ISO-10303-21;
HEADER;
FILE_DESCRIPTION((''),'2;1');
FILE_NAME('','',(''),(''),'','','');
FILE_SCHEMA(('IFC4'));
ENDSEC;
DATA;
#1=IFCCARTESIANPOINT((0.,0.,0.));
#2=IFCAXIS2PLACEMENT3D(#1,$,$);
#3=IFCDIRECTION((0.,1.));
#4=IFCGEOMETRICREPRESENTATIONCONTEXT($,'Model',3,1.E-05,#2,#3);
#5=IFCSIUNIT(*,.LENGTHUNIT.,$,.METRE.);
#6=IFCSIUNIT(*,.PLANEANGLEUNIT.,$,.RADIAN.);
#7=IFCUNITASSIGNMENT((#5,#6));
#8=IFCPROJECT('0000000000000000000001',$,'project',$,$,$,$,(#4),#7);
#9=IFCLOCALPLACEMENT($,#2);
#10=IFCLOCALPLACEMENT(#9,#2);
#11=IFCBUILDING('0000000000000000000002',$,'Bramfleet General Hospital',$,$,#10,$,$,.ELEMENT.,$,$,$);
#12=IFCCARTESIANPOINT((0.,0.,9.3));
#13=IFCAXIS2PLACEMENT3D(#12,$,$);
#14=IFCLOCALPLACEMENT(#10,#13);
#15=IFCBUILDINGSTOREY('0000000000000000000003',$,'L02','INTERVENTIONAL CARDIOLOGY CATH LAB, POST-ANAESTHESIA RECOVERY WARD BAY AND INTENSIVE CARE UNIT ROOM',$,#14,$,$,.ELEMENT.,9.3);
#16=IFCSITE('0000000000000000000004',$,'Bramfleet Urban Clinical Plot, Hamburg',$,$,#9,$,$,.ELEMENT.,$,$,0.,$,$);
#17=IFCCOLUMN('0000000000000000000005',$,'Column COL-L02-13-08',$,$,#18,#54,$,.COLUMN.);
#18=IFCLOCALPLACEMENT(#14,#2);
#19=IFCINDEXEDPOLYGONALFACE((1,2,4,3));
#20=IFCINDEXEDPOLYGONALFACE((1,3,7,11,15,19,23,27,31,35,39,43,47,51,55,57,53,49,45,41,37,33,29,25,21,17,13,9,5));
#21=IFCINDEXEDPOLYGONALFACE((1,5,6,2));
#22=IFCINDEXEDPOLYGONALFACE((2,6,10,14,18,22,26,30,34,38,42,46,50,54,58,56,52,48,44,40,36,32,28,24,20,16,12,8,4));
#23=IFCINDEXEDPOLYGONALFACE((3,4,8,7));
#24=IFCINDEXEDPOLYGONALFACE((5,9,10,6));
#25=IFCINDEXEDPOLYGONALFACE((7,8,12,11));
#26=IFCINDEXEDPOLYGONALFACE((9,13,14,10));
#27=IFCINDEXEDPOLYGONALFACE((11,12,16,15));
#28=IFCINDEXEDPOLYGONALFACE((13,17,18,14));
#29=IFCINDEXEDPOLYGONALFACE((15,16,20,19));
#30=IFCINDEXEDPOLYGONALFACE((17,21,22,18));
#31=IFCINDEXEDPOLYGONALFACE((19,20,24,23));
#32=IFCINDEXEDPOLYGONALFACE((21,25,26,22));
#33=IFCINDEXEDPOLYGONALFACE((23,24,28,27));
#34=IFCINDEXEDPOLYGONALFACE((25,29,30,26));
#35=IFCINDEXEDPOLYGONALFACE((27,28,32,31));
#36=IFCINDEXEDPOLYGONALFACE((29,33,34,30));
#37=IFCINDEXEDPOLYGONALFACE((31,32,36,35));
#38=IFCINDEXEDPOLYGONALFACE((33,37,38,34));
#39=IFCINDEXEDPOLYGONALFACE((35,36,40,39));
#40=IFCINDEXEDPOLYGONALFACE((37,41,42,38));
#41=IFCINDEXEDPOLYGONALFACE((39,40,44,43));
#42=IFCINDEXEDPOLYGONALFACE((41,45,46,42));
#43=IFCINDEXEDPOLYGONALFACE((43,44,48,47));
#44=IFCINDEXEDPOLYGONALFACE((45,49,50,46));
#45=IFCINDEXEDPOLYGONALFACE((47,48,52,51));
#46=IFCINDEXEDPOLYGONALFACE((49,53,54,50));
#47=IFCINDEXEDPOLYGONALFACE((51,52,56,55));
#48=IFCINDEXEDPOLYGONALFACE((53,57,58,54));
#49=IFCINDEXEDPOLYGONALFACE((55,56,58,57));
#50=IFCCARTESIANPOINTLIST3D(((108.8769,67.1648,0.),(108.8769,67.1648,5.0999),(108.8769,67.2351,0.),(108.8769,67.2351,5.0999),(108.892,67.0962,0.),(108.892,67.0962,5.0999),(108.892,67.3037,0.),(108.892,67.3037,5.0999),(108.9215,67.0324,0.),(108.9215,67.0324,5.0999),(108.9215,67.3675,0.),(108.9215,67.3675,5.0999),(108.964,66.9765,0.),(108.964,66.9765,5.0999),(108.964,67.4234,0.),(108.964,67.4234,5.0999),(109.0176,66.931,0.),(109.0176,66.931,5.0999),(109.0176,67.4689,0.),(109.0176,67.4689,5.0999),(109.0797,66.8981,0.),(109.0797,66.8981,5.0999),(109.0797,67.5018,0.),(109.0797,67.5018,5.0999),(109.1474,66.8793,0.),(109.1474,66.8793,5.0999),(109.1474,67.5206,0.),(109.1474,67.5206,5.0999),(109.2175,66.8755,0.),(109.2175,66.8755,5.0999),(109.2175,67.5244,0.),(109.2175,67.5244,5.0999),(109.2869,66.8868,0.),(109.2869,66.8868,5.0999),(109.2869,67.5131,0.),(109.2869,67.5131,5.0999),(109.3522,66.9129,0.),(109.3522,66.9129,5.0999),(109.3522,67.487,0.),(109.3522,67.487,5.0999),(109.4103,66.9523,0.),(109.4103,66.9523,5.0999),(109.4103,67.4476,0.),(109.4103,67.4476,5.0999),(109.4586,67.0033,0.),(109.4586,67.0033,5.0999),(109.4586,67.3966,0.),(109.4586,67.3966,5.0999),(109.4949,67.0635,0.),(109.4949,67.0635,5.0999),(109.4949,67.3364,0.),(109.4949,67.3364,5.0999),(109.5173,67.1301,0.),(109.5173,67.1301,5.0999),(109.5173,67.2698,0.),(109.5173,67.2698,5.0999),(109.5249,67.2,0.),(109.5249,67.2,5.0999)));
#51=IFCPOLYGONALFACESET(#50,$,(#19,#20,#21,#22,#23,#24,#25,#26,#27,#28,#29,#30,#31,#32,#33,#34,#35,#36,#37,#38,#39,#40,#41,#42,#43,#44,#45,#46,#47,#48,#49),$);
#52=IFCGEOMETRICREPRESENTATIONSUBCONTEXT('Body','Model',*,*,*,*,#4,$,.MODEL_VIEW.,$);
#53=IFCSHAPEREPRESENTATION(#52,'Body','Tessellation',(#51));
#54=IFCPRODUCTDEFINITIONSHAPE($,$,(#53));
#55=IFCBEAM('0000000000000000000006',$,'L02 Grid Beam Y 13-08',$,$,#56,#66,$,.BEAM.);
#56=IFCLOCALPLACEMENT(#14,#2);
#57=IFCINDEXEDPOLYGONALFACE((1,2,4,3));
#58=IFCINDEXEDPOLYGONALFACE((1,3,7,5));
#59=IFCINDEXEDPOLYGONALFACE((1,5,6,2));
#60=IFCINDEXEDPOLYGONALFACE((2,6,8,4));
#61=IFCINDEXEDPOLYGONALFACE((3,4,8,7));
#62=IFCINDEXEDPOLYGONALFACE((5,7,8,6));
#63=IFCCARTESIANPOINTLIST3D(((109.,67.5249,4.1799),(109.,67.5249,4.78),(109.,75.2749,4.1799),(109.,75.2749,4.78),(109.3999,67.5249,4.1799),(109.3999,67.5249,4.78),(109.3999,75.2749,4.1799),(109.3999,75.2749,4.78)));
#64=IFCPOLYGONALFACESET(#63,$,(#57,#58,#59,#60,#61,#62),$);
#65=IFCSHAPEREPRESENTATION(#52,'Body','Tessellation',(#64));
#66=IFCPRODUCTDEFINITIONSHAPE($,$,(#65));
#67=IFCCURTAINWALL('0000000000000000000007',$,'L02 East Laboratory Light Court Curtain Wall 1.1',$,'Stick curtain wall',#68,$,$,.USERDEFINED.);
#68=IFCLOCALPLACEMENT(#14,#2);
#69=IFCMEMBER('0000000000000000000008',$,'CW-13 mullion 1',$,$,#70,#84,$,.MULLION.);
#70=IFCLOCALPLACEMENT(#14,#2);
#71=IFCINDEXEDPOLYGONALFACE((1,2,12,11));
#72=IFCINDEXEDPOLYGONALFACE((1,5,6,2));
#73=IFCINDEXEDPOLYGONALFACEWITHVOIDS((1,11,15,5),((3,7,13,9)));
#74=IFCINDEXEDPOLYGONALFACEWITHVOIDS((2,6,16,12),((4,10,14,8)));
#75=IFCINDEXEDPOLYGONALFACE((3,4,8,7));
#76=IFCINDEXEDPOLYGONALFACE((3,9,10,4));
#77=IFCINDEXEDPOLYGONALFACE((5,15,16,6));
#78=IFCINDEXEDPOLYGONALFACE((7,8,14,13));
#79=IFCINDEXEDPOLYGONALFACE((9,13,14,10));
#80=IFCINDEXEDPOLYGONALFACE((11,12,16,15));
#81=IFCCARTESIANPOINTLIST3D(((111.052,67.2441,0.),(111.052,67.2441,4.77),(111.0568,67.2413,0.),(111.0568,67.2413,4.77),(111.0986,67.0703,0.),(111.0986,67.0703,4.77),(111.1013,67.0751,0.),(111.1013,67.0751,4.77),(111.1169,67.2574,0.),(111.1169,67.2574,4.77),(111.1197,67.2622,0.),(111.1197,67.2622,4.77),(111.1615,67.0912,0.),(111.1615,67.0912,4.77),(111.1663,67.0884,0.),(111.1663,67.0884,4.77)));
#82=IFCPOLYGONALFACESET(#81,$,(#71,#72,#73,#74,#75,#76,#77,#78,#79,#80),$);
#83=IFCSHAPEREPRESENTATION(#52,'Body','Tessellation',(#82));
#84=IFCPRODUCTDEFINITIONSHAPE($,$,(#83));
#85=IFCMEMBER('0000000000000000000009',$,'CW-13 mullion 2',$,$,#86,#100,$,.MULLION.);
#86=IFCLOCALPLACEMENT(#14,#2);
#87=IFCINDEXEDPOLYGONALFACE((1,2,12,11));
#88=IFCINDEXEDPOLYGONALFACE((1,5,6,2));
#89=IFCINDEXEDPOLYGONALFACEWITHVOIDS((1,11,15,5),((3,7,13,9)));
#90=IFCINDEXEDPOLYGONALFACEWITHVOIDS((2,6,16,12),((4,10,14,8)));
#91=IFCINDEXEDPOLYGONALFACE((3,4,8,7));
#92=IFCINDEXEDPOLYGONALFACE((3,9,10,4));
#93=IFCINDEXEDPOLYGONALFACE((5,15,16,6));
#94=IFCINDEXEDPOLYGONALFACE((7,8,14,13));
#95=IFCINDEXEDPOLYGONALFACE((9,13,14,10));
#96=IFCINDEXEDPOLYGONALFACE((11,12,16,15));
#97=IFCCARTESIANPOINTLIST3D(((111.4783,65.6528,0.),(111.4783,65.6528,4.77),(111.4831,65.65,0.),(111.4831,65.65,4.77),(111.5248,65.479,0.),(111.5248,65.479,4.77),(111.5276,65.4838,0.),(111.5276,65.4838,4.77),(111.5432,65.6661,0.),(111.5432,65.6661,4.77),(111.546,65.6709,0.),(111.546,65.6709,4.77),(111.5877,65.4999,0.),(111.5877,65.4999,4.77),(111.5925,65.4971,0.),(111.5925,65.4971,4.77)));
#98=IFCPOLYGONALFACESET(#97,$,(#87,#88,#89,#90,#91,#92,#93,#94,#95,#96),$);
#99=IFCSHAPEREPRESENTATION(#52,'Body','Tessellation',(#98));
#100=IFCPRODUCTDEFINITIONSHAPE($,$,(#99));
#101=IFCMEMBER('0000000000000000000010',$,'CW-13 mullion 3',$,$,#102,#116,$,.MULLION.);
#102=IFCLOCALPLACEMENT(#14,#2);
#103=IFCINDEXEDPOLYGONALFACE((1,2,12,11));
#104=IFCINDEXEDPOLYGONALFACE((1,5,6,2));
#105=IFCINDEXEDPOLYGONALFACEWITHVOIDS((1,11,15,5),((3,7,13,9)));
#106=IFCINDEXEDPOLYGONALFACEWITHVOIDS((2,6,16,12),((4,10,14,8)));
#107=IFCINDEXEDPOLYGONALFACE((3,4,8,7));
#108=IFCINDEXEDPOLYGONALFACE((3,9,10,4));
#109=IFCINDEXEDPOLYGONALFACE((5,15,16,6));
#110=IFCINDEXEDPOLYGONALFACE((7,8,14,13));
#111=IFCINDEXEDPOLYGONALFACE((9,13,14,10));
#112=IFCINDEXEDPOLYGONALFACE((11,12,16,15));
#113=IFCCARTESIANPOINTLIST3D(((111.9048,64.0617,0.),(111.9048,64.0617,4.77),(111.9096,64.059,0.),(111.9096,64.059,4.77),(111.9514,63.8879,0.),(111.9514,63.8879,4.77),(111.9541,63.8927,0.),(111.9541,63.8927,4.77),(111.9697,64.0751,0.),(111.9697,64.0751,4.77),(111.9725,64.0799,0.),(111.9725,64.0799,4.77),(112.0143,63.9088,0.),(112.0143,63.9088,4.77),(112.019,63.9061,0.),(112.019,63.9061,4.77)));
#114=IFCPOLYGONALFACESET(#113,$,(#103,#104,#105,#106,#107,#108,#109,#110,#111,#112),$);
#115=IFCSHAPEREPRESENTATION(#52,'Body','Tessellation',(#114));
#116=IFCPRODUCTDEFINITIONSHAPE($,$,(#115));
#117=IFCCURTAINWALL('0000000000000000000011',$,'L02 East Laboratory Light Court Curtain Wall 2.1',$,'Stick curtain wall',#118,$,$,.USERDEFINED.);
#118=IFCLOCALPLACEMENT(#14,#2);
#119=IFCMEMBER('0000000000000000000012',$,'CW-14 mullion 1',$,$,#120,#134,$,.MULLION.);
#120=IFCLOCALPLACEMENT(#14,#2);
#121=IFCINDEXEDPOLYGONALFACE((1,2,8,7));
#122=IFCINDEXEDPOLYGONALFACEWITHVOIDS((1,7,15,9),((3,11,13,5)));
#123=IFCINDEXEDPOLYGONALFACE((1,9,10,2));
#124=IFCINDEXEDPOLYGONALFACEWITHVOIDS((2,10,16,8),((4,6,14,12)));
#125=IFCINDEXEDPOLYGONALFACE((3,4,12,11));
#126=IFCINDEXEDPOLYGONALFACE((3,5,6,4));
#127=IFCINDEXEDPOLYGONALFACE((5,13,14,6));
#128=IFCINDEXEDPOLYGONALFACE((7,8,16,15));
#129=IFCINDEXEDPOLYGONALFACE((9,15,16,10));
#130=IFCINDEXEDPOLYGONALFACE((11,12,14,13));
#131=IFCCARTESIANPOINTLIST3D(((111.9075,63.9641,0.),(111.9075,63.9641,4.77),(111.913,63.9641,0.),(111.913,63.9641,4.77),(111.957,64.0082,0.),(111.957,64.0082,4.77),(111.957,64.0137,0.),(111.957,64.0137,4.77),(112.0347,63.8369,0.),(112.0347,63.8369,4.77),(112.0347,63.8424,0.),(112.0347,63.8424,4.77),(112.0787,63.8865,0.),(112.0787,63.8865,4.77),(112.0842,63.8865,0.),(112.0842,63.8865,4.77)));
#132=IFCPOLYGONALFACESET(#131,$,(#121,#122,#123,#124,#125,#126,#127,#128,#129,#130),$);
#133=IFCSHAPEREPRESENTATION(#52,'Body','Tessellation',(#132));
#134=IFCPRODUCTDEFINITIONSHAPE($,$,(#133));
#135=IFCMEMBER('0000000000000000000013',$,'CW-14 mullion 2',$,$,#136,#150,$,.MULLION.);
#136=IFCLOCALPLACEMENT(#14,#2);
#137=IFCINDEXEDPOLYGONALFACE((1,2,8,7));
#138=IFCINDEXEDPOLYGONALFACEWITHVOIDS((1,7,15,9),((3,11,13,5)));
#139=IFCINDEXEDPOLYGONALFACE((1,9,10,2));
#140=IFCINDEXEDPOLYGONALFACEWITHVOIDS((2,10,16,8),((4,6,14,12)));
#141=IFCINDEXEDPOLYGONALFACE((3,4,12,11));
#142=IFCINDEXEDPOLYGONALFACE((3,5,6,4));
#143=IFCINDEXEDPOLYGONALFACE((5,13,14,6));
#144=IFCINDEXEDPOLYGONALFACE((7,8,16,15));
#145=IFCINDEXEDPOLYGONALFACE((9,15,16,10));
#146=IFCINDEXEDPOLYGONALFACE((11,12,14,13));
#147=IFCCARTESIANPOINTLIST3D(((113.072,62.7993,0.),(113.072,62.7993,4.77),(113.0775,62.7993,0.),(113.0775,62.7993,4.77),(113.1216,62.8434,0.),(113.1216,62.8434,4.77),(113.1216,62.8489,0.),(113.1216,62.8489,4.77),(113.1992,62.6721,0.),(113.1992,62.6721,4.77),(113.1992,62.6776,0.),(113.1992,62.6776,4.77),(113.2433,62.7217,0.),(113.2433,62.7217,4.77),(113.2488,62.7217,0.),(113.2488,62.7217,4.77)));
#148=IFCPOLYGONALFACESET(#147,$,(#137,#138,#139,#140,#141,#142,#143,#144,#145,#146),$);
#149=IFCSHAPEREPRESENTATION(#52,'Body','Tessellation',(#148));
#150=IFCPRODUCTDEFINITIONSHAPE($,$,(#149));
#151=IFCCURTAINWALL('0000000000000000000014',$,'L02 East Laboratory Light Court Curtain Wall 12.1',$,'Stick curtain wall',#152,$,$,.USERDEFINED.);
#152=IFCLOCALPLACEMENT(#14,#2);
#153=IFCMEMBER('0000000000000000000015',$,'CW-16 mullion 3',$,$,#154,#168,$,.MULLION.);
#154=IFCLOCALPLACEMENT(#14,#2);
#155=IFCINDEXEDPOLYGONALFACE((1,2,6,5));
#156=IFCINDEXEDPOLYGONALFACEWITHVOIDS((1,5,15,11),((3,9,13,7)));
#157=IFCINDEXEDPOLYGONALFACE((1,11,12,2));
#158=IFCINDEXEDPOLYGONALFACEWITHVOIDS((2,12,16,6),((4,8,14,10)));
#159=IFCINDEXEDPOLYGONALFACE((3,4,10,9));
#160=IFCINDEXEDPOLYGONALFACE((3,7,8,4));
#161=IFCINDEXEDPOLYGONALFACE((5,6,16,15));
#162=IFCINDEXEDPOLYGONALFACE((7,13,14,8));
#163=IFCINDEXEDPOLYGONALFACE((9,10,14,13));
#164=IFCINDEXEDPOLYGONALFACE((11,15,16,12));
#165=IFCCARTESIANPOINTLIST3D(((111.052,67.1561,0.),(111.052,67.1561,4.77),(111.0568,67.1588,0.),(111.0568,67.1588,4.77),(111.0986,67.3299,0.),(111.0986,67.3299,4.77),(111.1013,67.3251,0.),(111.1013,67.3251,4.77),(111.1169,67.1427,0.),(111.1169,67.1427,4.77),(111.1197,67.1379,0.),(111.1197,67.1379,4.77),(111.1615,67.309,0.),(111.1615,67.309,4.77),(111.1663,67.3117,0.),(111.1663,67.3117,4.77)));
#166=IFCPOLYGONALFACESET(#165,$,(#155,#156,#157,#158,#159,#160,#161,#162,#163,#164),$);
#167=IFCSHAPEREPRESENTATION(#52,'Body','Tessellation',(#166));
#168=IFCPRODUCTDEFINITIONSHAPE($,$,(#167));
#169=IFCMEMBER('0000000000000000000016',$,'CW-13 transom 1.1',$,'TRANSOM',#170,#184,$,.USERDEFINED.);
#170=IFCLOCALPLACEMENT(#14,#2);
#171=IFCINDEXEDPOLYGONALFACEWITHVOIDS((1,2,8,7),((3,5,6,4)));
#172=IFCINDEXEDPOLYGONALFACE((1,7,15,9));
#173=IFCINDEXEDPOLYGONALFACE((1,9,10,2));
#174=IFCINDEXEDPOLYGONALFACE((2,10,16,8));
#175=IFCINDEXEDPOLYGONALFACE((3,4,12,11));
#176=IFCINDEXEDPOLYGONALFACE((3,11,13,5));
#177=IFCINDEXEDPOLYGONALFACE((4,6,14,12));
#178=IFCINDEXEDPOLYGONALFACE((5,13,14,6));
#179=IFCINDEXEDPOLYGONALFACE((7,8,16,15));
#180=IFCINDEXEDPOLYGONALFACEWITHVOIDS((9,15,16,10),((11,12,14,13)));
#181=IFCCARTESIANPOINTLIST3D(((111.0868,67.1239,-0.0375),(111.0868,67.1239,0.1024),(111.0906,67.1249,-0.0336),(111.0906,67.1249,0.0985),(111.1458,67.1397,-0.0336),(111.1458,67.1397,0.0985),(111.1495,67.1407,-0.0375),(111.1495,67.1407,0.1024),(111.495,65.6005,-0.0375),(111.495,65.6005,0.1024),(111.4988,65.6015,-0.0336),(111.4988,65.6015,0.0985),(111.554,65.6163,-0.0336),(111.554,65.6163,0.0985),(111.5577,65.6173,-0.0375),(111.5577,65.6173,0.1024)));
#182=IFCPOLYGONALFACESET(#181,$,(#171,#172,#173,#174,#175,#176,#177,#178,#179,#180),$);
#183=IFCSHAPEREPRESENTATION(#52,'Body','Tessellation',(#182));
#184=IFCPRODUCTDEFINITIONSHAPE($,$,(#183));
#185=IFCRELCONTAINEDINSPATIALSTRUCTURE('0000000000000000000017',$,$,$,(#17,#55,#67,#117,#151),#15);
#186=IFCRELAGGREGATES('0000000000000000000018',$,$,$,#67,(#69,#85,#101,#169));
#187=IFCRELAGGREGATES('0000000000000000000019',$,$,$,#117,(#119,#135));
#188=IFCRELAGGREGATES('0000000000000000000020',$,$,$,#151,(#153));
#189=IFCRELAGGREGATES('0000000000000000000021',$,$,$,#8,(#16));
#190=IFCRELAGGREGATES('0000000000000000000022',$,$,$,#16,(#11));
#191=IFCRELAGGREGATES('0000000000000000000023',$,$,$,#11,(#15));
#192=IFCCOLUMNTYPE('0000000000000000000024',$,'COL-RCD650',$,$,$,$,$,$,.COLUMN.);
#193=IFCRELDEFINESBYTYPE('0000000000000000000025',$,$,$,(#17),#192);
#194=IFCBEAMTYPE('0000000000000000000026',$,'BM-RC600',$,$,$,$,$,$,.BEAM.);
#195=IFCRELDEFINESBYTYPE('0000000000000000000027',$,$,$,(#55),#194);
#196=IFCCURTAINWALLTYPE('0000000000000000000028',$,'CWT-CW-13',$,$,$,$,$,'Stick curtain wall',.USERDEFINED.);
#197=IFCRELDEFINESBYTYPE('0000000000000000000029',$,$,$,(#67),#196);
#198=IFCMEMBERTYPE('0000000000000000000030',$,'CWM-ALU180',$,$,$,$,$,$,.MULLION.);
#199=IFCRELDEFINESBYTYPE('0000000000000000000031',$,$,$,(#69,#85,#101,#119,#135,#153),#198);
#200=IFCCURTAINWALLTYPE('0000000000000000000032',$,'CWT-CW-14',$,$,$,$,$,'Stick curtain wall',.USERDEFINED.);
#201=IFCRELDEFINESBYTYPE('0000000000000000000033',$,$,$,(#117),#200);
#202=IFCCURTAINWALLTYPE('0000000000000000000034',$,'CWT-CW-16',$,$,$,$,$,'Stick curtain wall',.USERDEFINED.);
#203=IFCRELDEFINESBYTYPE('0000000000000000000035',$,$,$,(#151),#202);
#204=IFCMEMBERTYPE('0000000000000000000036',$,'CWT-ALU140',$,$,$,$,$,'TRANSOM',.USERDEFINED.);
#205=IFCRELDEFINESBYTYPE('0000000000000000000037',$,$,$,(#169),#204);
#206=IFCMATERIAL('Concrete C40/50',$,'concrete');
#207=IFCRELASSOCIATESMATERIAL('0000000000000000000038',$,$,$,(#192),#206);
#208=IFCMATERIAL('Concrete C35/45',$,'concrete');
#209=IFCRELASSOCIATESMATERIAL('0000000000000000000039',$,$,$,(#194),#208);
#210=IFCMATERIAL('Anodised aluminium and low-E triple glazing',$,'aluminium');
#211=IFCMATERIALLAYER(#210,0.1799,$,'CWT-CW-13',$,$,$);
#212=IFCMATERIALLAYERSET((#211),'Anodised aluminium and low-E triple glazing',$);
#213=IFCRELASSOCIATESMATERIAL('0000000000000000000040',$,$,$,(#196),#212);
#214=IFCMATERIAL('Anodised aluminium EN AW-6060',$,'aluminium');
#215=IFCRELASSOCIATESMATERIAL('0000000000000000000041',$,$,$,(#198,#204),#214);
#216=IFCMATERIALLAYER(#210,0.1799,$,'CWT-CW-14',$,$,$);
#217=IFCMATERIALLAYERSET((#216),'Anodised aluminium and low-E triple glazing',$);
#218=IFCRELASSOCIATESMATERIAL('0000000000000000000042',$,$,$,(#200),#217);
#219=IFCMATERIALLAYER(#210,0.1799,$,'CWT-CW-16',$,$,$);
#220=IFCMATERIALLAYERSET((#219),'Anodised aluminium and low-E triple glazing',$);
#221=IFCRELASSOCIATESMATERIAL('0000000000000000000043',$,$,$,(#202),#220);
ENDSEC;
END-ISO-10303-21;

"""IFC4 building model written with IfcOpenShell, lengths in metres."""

from ifc_helpers import new_model, si_unit, direction, frame, origin, origin_2d, place, context, subcontext, project, spatial, rectangle, hollow_rectangle, circle, extrude, material, layer, layer_set, material_profile, profile_set, type_object, element, aggregate, save


model = new_model("IFC4")

# Units and contexts
model_context = context("Model", 3, precision=1e-05, world=origin(), true_north=direction((0.0, 1.0)))
body_context = subcontext(model_context, "Body", "Model", "MODEL_VIEW")
ifc_project = project(units=[si_unit("LENGTHUNIT", "METRE"), si_unit("PLANEANGLEUNIT", "RADIAN")], contexts=[model_context])

# Site, building, storey
site_placement = place(None, origin())
site = spatial("IfcSite", under=ifc_project, at=site_placement, Name="Bramfleet Urban Clinical Plot, Hamburg", CompositionType="ELEMENT", RefElevation=0.0)
building_placement = place(site_placement, origin())
building = spatial("IfcBuilding", under=site, at=building_placement, Name="Bramfleet General Hospital", CompositionType="ELEMENT")
storey_placement = place(building_placement, frame((0.0, 0.0, 9.3)))
storey = spatial("IfcBuildingStorey", under=building, at=storey_placement, Name="L02", Description="INTERVENTIONAL CARDIOLOGY CATH LAB, POST-ANAESTHESIA RECOVERY WARD BAY AND INTENSIVE CARE UNIT ROOM", CompositionType="ELEMENT", Elevation=9.3)

# Column
ifc_material_1 = material(Name="Concrete C40/50", Category="concrete")
ifc_material_profile_1 = material_profile(ifc_material_1, circle(Radius=0.325, at=origin_2d()), Name="RC ROUND D650")
ifc_profile_set_1 = profile_set([ifc_material_profile_1], Name="Concrete C40/50")
column_type = type_object("IfcColumnType", Name="COL-RCD650", PredefinedType="COLUMN", material=ifc_profile_set_1)
column_placement = place(storey_placement, frame((109.2, 67.2, 0.0), z_axis=(0.0, 0.0, 1.0), x_axis=(1.0, 0.0, 0.0)))
element("IfcColumn", 1, at=column_placement, inside=storey, type_object=column_type, Name="Column COL-L02-13-08", PredefinedType="COLUMN", context=body_context, shape_type="SweptSolid", body=[
    extrude(circle(Radius=0.325, at=origin_2d()), origin(), (0.0, 0.0, 1.0), 5.0999),
])

# Beam
ifc_material_2 = material(Name="Concrete C35/45", Category="concrete")
ifc_material_profile_2 = material_profile(ifc_material_2, rectangle(XDim=0.3999, YDim=0.6001, at=origin_2d()), Name="RC BM 600x400")
ifc_profile_set_2 = profile_set([ifc_material_profile_2], Name="Concrete C35/45")
beam_type = type_object("IfcBeamType", Name="BM-RC600", PredefinedType="BEAM", material=ifc_profile_set_2)
beam_placement = place(storey_placement, frame((109.2, 67.5249, 4.48), z_axis=(0.0, 1.0, 0.0), x_axis=(-1.0, 0.0, 0.0)))
element("IfcBeam", 2, at=beam_placement, inside=storey, type_object=beam_type, Name="L02 Grid Beam Y 13-08", PredefinedType="BEAM", context=body_context, shape_type="SweptSolid", body=[
    extrude(rectangle(XDim=0.3999, YDim=0.6001, at=origin_2d()), origin(), (0.0, 0.0, 1.0), 7.75),
])

# Curtain walls, members
ifc_material_3 = material(Name="Anodised aluminium and low-E triple glazing", Category="aluminium")
ifc_layer_1 = layer(ifc_material_3, 0.1799, Name="CWT-CW-13")
ifc_layer_set_1 = layer_set([ifc_layer_1], Name="Anodised aluminium and low-E triple glazing")
curtain_wall_type_1 = type_object("IfcCurtainWallType", Name="CWT-CW-13", ElementType="Stick curtain wall", PredefinedType="USERDEFINED", material=ifc_layer_set_1)
curtain_wall_1_placement = place(storey_placement, origin())
curtain_wall_1 = element("IfcCurtainWall", 3, at=curtain_wall_1_placement, inside=storey, type_object=curtain_wall_type_1, Name="L02 East Laboratory Light Court Curtain Wall 1.1", ObjectType="Stick curtain wall", PredefinedType="USERDEFINED")
ifc_material_4 = material(Name="Anodised aluminium EN AW-6060", Category="aluminium")
ifc_material_profile_3 = material_profile(ifc_material_4, hollow_rectangle(XDim=0.0701, YDim=0.1799, WallThickness=0.0039, at=origin_2d()), Name="ALU 180x70x4.0")
ifc_profile_set_3 = profile_set([ifc_material_profile_3], Name="Anodised aluminium EN AW-6060")
member_type_1 = type_object("IfcMemberType", Name="CWM-ALU180", PredefinedType="MULLION", material=ifc_profile_set_3)
member_1_placement = place(storey_placement, frame((111.1091, 67.1663, 0.0), z_axis=(0.0, 0.0, 1.0), x_axis=(0.965914, 0.258865, 0.0)))
member_1 = element("IfcMember", 4, at=member_1_placement, type_object=member_type_1, Name="CW-13 mullion 1", PredefinedType="MULLION", context=body_context, shape_type="SweptSolid", body=[
    extrude(hollow_rectangle(XDim=0.0701, YDim=0.1799, WallThickness=0.0039, at=origin_2d()), origin(), (0.0, 0.0, 1.0), 4.77),
])
member_2_placement = place(storey_placement, frame((111.5354, 65.575, 0.0), z_axis=(0.0, 0.0, 1.0), x_axis=(0.965914, 0.258865, 0.0)))
member_2 = element("IfcMember", 5, at=member_2_placement, type_object=member_type_1, Name="CW-13 mullion 2", PredefinedType="MULLION", context=body_context, shape_type="SweptSolid", body=[
    extrude(hollow_rectangle(XDim=0.0701, YDim=0.1799, WallThickness=0.0039, at=origin_2d()), origin(), (0.0, 0.0, 1.0), 4.77),
])
member_3_placement = place(storey_placement, frame((111.9619, 63.9839, 0.0), z_axis=(0.0, 0.0, 1.0), x_axis=(0.965914, 0.258865, 0.0)))
member_3 = element("IfcMember", 6, at=member_3_placement, type_object=member_type_1, Name="CW-13 mullion 3", PredefinedType="MULLION", context=body_context, shape_type="SweptSolid", body=[
    extrude(hollow_rectangle(XDim=0.0701, YDim=0.1799, WallThickness=0.0039, at=origin_2d()), origin(), (0.0, 0.0, 1.0), 4.77),
])
ifc_layer_2 = layer(ifc_material_3, 0.1799, Name="CWT-CW-14")
ifc_layer_set_2 = layer_set([ifc_layer_2], Name="Anodised aluminium and low-E triple glazing")
curtain_wall_type_2 = type_object("IfcCurtainWallType", Name="CWT-CW-14", ElementType="Stick curtain wall", PredefinedType="USERDEFINED", material=ifc_layer_set_2)
curtain_wall_2_placement = place(storey_placement, origin())
curtain_wall_2 = element("IfcCurtainWall", 7, at=curtain_wall_2_placement, inside=storey, type_object=curtain_wall_type_2, Name="L02 East Laboratory Light Court Curtain Wall 2.1", ObjectType="Stick curtain wall", PredefinedType="USERDEFINED")
member_4_placement = place(storey_placement, frame((111.9958, 63.9253, 0.0), z_axis=(0.0, 0.0, 1.0), x_axis=(0.707107, 0.707107, 0.0)))
member_4 = element("IfcMember", 8, at=member_4_placement, type_object=member_type_1, Name="CW-14 mullion 1", PredefinedType="MULLION", context=body_context, shape_type="SweptSolid", body=[
    extrude(hollow_rectangle(XDim=0.0701, YDim=0.1799, WallThickness=0.0039, at=origin_2d()), origin(), (0.0, 0.0, 1.0), 4.77),
])
member_5_placement = place(storey_placement, frame((113.1604, 62.7605, 0.0), z_axis=(0.0, 0.0, 1.0), x_axis=(0.707107, 0.707107, 0.0)))
member_5 = element("IfcMember", 9, at=member_5_placement, type_object=member_type_1, Name="CW-14 mullion 2", PredefinedType="MULLION", context=body_context, shape_type="SweptSolid", body=[
    extrude(hollow_rectangle(XDim=0.0701, YDim=0.1799, WallThickness=0.0039, at=origin_2d()), origin(), (0.0, 0.0, 1.0), 4.77),
])

# Curtain wall, member
ifc_layer_3 = layer(ifc_material_3, 0.1799, Name="CWT-CW-16")
ifc_layer_set_3 = layer_set([ifc_layer_3], Name="Anodised aluminium and low-E triple glazing")
curtain_wall_type_3 = type_object("IfcCurtainWallType", Name="CWT-CW-16", ElementType="Stick curtain wall", PredefinedType="USERDEFINED", material=ifc_layer_set_3)
curtain_wall_3_placement = place(storey_placement, origin())
curtain_wall_3 = element("IfcCurtainWall", 10, at=curtain_wall_3_placement, inside=storey, type_object=curtain_wall_type_3, Name="L02 East Laboratory Light Court Curtain Wall 12.1", ObjectType="Stick curtain wall", PredefinedType="USERDEFINED")
member_6_placement = place(storey_placement, frame((111.1091, 67.2339, 0.0), z_axis=(0.0, 0.0, 1.0), x_axis=(0.965914, -0.258865, 0.0)))
member_6 = element("IfcMember", 11, at=member_6_placement, type_object=member_type_1, Name="CW-16 mullion 3", PredefinedType="MULLION", context=body_context, shape_type="SweptSolid", body=[
    extrude(hollow_rectangle(XDim=0.0701, YDim=0.1799, WallThickness=0.0039, at=origin_2d()), origin(), (0.0, 0.0, 1.0), 4.77),
])

# Member
ifc_material_profile_4 = material_profile(ifc_material_4, hollow_rectangle(XDim=0.0649, YDim=0.1399, WallThickness=0.0039, at=origin_2d()), Name="ALU 140x65x4.0")
ifc_profile_set_4 = profile_set([ifc_material_profile_4], Name="Anodised aluminium EN AW-6060")
member_type_2 = type_object("IfcMemberType", Name="CWT-ALU140", ElementType="TRANSOM", PredefinedType="USERDEFINED", material=ifc_profile_set_4)
member_7_placement = place(storey_placement, frame((111.1182, 67.1323, 0.0325), z_axis=(0.258819, -0.965926, 0.0), x_axis=(0.965926, 0.258819, 0.0)))
member_7 = element("IfcMember", 12, at=member_7_placement, type_object=member_type_2, Name="CW-13 transom 1.1", ObjectType="TRANSOM", PredefinedType="USERDEFINED", context=body_context, shape_type="SweptSolid", body=[
    extrude(hollow_rectangle(XDim=0.0649, YDim=0.1399, WallThickness=0.0039, at=origin_2d()), origin(), (0.0, 0.0, 1.0), 1.5771),
])

aggregate(curtain_wall_1, [member_1, member_2, member_3, member_7])
aggregate(curtain_wall_2, [member_4, member_5])
aggregate(curtain_wall_3, [member_6])

save(model, "model.ifc")
